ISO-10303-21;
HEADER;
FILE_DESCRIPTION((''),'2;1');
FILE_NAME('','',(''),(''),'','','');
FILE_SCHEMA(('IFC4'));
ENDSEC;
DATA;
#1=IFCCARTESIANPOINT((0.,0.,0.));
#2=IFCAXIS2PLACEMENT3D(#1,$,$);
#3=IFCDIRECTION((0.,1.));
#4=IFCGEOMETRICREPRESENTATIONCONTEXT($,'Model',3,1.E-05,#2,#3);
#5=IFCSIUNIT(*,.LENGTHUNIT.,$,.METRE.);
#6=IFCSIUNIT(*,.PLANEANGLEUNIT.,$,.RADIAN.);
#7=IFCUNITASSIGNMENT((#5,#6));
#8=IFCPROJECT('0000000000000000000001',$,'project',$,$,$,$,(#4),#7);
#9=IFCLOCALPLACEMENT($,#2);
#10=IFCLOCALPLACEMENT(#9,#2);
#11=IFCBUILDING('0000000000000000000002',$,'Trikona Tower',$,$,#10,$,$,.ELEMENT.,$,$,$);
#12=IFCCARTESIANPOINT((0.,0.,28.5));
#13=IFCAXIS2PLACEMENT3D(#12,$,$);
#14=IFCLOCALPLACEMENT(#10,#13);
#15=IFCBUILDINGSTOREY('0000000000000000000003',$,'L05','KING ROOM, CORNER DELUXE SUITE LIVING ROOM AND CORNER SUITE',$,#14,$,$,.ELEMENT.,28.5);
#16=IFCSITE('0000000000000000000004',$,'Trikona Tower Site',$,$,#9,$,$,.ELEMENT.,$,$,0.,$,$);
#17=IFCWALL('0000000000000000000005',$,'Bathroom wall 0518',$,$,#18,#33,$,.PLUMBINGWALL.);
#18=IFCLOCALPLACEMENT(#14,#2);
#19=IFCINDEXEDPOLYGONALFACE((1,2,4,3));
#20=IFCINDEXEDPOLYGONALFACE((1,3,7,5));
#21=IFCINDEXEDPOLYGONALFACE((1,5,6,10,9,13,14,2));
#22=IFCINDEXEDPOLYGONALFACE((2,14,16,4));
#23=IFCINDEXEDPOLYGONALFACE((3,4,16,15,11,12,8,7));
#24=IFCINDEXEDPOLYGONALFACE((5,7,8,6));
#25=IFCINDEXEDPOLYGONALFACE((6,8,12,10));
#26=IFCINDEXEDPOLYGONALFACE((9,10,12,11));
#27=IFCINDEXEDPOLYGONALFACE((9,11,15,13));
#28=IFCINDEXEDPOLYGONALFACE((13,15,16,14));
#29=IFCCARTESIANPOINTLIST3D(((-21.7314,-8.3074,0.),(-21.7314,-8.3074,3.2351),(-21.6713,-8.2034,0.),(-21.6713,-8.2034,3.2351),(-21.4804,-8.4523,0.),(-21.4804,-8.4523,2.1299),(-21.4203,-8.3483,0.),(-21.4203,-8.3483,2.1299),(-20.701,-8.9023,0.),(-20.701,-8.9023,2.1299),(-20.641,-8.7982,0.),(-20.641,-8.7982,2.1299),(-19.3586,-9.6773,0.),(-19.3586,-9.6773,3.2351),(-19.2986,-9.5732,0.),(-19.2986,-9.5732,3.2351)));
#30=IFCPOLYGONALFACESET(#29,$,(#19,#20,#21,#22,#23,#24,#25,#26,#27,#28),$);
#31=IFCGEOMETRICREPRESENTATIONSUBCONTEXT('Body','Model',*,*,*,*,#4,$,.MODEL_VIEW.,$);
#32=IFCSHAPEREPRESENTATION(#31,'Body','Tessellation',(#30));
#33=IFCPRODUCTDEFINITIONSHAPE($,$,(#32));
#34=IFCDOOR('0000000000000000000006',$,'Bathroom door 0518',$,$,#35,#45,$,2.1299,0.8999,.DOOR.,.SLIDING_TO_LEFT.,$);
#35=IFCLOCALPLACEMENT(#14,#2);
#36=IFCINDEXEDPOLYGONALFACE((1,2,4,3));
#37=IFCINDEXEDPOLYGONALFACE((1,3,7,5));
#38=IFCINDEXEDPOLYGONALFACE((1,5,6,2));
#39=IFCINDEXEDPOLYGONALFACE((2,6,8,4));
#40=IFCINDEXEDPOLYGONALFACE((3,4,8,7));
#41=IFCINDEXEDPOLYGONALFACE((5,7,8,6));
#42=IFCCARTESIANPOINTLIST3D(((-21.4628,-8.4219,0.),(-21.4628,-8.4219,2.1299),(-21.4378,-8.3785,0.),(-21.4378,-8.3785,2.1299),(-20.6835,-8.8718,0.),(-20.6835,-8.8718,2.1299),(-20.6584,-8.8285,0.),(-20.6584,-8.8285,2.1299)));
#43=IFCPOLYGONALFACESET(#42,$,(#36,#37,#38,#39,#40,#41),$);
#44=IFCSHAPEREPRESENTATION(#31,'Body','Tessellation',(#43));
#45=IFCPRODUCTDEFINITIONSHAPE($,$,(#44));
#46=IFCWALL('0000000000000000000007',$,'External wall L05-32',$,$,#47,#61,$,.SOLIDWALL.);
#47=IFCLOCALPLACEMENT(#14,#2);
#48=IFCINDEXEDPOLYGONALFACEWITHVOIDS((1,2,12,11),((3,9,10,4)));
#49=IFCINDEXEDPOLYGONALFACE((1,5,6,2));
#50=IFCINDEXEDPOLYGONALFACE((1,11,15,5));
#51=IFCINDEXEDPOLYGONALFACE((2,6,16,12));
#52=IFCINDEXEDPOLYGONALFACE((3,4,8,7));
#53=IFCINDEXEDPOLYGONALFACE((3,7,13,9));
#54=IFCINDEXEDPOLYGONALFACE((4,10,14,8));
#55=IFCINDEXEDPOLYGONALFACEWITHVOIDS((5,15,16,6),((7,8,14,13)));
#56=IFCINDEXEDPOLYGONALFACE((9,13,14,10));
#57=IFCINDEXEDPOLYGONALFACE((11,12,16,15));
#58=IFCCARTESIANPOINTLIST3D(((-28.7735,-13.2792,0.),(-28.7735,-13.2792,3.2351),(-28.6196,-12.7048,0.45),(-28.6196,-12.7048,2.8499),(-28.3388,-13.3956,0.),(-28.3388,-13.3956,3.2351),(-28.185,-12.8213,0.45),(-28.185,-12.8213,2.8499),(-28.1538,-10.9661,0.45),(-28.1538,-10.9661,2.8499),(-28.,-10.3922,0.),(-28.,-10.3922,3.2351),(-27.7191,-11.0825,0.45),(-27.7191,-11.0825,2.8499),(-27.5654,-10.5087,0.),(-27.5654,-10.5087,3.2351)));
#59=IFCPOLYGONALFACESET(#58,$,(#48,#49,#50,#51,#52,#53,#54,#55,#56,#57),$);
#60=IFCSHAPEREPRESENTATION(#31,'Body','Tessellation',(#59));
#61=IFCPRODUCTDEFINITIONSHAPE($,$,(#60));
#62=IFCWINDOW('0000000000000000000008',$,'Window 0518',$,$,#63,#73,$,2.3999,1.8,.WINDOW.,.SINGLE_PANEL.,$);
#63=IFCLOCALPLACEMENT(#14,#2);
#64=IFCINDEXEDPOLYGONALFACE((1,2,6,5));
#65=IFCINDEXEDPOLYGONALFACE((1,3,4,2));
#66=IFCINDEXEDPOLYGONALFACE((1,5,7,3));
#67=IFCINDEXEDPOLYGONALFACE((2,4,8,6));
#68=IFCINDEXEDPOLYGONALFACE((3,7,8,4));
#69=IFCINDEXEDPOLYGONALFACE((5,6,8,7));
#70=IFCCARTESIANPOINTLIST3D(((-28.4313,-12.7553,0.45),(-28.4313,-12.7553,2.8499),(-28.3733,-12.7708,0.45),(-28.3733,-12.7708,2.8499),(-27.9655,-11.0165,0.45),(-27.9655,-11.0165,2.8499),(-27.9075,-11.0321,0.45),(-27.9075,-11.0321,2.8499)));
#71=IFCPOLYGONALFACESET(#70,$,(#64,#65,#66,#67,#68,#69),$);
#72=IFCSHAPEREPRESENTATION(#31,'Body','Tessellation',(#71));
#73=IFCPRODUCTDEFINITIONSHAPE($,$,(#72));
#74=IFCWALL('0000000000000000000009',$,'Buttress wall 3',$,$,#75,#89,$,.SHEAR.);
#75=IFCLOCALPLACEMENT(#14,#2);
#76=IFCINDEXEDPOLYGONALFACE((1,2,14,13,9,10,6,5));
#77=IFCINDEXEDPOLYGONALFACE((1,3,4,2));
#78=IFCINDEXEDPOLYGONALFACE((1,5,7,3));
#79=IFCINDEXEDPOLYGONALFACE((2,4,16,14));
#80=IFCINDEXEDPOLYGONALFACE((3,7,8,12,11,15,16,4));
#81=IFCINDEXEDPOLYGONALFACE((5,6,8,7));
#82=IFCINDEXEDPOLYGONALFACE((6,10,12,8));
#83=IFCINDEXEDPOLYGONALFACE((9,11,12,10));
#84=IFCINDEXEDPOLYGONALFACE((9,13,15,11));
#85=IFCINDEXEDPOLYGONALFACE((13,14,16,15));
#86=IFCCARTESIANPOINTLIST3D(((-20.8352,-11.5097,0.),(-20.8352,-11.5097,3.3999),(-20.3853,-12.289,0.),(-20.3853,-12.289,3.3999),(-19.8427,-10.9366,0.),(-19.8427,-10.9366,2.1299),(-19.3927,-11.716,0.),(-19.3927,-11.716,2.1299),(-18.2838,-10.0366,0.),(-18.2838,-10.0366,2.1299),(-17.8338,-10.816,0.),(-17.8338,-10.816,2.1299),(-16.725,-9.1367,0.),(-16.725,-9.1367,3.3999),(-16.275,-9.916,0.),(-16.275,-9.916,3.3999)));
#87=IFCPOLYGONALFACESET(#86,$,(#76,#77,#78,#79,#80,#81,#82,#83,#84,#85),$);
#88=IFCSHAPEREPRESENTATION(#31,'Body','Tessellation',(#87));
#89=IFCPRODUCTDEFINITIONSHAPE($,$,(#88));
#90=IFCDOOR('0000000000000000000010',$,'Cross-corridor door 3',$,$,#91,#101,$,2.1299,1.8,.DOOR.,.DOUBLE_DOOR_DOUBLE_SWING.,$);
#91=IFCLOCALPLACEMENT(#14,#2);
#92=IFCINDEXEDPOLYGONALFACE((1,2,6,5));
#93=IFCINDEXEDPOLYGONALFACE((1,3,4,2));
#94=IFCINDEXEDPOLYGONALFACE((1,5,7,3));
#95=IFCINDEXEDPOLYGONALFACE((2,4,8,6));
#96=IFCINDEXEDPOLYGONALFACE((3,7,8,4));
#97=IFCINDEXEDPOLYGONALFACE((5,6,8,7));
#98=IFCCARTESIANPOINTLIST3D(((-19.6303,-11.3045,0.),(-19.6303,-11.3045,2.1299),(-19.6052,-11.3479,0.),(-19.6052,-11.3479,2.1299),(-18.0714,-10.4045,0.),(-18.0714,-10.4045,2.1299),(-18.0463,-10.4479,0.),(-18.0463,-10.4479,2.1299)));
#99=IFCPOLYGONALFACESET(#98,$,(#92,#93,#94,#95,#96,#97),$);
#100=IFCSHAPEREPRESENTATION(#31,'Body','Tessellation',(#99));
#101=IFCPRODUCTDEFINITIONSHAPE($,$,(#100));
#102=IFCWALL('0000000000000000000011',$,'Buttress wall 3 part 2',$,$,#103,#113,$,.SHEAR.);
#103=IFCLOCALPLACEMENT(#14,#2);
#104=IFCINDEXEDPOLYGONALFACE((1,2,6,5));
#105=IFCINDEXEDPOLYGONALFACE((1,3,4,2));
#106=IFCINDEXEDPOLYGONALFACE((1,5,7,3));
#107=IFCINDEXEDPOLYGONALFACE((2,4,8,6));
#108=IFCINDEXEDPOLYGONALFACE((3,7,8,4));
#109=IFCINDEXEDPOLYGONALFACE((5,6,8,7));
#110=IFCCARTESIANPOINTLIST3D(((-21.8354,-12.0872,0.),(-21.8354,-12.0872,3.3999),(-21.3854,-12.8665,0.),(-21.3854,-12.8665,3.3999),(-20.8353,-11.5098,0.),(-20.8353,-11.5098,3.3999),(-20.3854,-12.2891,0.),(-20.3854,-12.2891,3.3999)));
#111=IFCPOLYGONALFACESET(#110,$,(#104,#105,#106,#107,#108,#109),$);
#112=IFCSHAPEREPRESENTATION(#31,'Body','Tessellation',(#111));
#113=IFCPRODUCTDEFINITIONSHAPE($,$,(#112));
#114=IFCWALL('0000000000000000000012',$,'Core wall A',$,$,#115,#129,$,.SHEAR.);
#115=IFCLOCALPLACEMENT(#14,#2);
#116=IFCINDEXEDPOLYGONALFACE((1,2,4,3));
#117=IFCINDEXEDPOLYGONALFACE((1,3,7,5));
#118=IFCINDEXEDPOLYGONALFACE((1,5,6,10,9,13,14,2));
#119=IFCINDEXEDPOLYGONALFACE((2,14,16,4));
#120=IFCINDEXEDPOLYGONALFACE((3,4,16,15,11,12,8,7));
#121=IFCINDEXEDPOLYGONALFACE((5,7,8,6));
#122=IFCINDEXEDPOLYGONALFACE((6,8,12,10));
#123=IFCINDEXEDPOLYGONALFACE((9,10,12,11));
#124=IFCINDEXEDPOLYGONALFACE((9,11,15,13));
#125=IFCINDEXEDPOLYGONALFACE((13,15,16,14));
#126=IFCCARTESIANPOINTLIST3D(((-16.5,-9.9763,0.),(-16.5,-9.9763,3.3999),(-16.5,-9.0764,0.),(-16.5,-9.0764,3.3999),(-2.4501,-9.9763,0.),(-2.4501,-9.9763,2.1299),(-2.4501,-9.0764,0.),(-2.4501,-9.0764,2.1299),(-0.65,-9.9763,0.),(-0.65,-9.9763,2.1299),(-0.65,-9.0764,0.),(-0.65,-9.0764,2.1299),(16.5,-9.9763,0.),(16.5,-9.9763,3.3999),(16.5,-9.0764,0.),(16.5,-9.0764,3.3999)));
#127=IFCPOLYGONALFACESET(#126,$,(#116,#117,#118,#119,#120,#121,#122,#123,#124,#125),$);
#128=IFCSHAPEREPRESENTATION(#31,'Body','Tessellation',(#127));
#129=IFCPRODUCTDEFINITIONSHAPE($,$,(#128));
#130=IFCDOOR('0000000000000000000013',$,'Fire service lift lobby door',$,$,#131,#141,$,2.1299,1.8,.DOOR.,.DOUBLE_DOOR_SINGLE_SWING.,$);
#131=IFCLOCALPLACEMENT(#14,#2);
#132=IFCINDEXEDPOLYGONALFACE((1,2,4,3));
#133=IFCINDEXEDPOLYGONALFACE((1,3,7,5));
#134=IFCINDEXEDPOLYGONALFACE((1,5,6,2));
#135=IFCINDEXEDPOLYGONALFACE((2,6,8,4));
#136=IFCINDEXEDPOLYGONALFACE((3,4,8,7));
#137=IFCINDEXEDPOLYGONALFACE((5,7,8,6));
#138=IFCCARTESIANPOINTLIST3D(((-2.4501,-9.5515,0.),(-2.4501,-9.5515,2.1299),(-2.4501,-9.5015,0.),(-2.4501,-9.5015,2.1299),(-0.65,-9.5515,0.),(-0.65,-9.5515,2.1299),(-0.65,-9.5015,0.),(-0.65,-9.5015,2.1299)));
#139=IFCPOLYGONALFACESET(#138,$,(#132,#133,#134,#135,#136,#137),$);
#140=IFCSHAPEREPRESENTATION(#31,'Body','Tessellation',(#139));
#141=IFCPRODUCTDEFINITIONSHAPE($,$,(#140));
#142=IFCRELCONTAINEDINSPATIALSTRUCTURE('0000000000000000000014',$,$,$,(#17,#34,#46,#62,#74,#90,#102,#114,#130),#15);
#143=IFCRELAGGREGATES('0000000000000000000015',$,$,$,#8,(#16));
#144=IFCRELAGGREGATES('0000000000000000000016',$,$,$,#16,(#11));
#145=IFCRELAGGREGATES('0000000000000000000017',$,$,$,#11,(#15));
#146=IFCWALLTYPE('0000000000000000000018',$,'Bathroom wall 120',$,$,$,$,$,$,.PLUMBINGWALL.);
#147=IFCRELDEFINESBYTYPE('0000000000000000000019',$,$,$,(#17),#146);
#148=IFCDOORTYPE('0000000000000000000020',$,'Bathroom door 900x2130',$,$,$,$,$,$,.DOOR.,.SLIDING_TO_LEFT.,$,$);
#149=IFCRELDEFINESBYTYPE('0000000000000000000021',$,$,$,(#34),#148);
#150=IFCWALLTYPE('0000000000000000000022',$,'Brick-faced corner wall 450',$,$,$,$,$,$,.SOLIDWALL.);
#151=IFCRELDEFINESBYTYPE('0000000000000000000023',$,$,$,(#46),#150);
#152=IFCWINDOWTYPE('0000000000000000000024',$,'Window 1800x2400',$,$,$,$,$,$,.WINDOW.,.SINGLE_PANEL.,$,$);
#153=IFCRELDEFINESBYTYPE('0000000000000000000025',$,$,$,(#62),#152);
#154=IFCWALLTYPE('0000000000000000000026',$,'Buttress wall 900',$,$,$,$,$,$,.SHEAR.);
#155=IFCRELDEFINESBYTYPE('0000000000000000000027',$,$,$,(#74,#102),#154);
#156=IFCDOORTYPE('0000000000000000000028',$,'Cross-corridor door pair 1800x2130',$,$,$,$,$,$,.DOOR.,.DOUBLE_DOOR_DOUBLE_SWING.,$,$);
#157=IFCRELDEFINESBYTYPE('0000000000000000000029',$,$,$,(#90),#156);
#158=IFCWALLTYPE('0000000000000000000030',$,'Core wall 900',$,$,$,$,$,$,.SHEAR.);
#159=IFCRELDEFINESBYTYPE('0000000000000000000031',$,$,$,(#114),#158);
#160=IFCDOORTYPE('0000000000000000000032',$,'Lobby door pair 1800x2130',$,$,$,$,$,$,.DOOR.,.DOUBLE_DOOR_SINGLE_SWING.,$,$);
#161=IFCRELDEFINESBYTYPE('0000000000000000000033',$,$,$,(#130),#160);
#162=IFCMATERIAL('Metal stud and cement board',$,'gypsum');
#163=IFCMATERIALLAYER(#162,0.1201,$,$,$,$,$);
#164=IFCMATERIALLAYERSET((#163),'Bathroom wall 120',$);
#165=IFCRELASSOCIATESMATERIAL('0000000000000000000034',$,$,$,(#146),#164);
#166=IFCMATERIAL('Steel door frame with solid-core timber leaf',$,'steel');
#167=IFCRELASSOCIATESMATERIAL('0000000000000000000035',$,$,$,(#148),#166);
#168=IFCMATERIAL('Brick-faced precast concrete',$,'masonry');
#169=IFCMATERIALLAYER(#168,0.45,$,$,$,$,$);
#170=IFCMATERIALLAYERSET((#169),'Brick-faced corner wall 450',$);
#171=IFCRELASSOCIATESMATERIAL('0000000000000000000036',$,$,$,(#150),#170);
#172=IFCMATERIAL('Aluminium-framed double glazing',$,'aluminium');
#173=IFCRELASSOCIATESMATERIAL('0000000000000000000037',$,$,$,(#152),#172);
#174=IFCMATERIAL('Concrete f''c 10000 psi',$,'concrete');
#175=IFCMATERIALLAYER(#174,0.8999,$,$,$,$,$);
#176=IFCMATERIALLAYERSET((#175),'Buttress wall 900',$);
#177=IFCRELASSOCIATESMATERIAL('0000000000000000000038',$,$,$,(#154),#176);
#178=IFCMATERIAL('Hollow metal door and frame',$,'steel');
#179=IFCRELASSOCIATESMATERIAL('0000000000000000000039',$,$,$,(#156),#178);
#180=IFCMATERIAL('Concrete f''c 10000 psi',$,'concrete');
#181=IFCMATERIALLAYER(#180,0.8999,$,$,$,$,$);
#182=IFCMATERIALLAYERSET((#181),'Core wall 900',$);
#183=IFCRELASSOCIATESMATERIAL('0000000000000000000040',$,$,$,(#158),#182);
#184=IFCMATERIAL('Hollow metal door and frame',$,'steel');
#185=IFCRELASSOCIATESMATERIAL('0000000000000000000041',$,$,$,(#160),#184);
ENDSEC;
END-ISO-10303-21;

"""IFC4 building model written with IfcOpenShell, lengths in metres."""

from ifc_helpers import new_model, si_unit, direction, frame, frame_2d, origin, place, context, subcontext, project, spatial, rectangle, extrude, material, layer, layer_set, type_object, element, fill, save


model = new_model("IFC4")

# Units and contexts
model_context = context("Model", 3, precision=1e-05, world=origin(), true_north=direction((0.0, 1.0)))
body_context = subcontext(model_context, "Body", "Model", "MODEL_VIEW")
ifc_project = project(units=[si_unit("LENGTHUNIT", "METRE"), si_unit("PLANEANGLEUNIT", "RADIAN")], contexts=[model_context])

# Site, building, storey
site_placement = place(None, origin())
site = spatial("IfcSite", under=ifc_project, at=site_placement, Name="Trikona Tower Site", CompositionType="ELEMENT", RefElevation=0.0)
building_placement = place(site_placement, origin())
building = spatial("IfcBuilding", under=site, at=building_placement, Name="Trikona Tower", CompositionType="ELEMENT")
storey_placement = place(building_placement, frame((0.0, 0.0, 28.5)))
storey = spatial("IfcBuildingStorey", under=building, at=storey_placement, Name="L05", Description="KING ROOM, CORNER DELUXE SUITE LIVING ROOM AND CORNER SUITE", CompositionType="ELEMENT", Elevation=28.5)

# Shared definitions
ifc_material_1 = material(Name="Metal stud and cement board", Category="gypsum")
ifc_layer_1 = layer(ifc_material_1, 0.1201)
ifc_layer_set_1 = layer_set([ifc_layer_1], Name="Bathroom wall 120")
wall_type_1 = type_object("IfcWallType", Name="Bathroom wall 120", PredefinedType="PLUMBINGWALL", material=ifc_layer_set_1)

# Shared definitions
ifc_material_2 = material(Name="Steel door frame with solid-core timber leaf", Category="steel")
door_type_1 = type_object("IfcDoorType", Name="Bathroom door 900x2130", OperationType="SLIDING_TO_LEFT", PredefinedType="DOOR", material=ifc_material_2)

# Wall, opening, door
wall_1_placement = place(storey_placement, frame((-19.3286, -9.6252, 0.0), z_axis=(0.0, 0.0, 1.0), x_axis=(-0.866036, 0.499982, 0.0)))
wall_1 = element("IfcWall", 1, at=wall_1_placement, inside=storey, type_object=wall_type_1, Name="Bathroom wall 0518", PredefinedType="PLUMBINGWALL", context=body_context, shape_type="SweptSolid", body=[
    extrude(rectangle(XDim=2.7397, YDim=0.1201, at=frame_2d((1.3699, 0.0))), origin(), (0.0, 0.0, 1.0), 3.2351),
])
opening_1_placement = place(wall_1_placement, frame((1.55, 0.0, 0.0)))
opening_1 = element("IfcOpeningElement", 2, at=opening_1_placement, cuts=wall_1, PredefinedType="OPENING", context=body_context, shape_type="SweptSolid", body=[
    extrude(rectangle(XDim=0.8999, YDim=2.1299, at=frame_2d((0.45, 1.0649))), frame((0.0, 0.0701, 0.0), z_axis=(0.0, -1.0, 0.0), x_axis=(1.0, 0.0, 0.0)), (0.0, 0.0, 1.0), 0.1401),
])
door_1_placement = place(opening_1_placement, origin())
door_1 = element("IfcDoor", 3, at=door_1_placement, inside=storey, type_object=door_type_1, Name="Bathroom door 0518", OperationType="SLIDING_TO_LEFT", OverallHeight=2.1299, OverallWidth=0.8999, PredefinedType="DOOR", context=body_context, shape_type="SweptSolid", body=[
    extrude(rectangle(XDim=0.8999, YDim=2.1299, at=frame_2d((0.45, 1.0649))), frame((0.0, 0.0249, 0.0), z_axis=(0.0, -1.0, 0.0), x_axis=(1.0, 0.0, 0.0)), (0.0, 0.0, 1.0), 0.05),
])
fill(opening_1, door_1)

# Wall, opening, window
ifc_material_3 = material(Name="Brick-faced precast concrete", Category="masonry")
ifc_layer_2 = layer(ifc_material_3, 0.45)
ifc_layer_set_2 = layer_set([ifc_layer_2], Name="Brick-faced corner wall 450")
wall_type_2 = type_object("IfcWallType", Name="Brick-faced corner wall 450", PredefinedType="SOLIDWALL", material=ifc_layer_set_2)
wall_2_placement = place(storey_placement, frame((-27.7827, -10.4504, 0.0), z_axis=(0.0, 0.0, 1.0), x_axis=(-0.258781, -0.965936, 0.0)))
wall_2 = element("IfcWall", 4, at=wall_2_placement, inside=storey, type_object=wall_type_2, Name="External wall L05-32", PredefinedType="SOLIDWALL", context=body_context, shape_type="SweptSolid", body=[
    extrude(rectangle(XDim=2.9888, YDim=0.45, at=frame_2d((1.4944, 0.0))), origin(), (0.0, 0.0, 1.0), 3.2351),
])
opening_2_placement = place(wall_2_placement, frame((0.5942, 0.0, 0.45)))
opening_2 = element("IfcOpeningElement", 5, at=opening_2_placement, cuts=wall_2, PredefinedType="OPENING", context=body_context, shape_type="SweptSolid", body=[
    extrude(rectangle(XDim=1.8, YDim=2.3999, at=frame_2d((0.8999, 1.2))), frame((0.0, 0.2349, 0.0), z_axis=(0.0, -1.0, 0.0), x_axis=(1.0, 0.0, 0.0)), (0.0, 0.0, 1.0), 0.47),
])
ifc_material_4 = material(Name="Aluminium-framed double glazing", Category="aluminium")
window_type_1 = type_object("IfcWindowType", Name="Window 1800x2400", PartitioningType="SINGLE_PANEL", PredefinedType="WINDOW", material=ifc_material_4)
window_1_placement = place(opening_2_placement, origin())
window_1 = element("IfcWindow", 6, at=window_1_placement, inside=storey, type_object=window_type_1, Name="Window 0518", OverallHeight=2.3999, OverallWidth=1.8, PartitioningType="SINGLE_PANEL", PredefinedType="WINDOW", context=body_context, shape_type="SweptSolid", body=[
    extrude(rectangle(XDim=1.8, YDim=2.3999, at=frame_2d((0.8999, 1.2))), frame((0.0, 0.03, 0.0), z_axis=(0.0, -1.0, 0.0), x_axis=(1.0, 0.0, 0.0)), (0.0, 0.0, 1.0), 0.0601),
])
fill(opening_2, window_1)

# Wall, opening, door
ifc_material_5 = material(Name="Concrete f'c 10000 psi", Category="concrete")
ifc_layer_3 = layer(ifc_material_5, 0.8999)
ifc_layer_set_3 = layer_set([ifc_layer_3], Name="Buttress wall 900")
wall_type_3 = type_object("IfcWallType", Name="Buttress wall 900", PredefinedType="SHEAR", material=ifc_layer_set_3)
wall_3_placement = place(storey_placement, frame((-16.5, -9.5264, 0.0), z_axis=(0.0, 0.0, 1.0), x_axis=(-0.866031, -0.49999, 0.0)))
wall_3 = element("IfcWall", 7, at=wall_3_placement, inside=storey, type_object=wall_type_3, Name="Buttress wall 3", PredefinedType="SHEAR", context=body_context, shape_type="SweptSolid", body=[
    extrude(rectangle(XDim=4.7461, YDim=0.8999, at=frame_2d((2.373, 0.0))), origin(), (0.0, 0.0, 1.0), 3.3999),
])
opening_3_placement = place(wall_3_placement, frame((1.8, 0.0, 0.0)))
opening_3 = element("IfcOpeningElement", 8, at=opening_3_placement, cuts=wall_3, PredefinedType="OPENING", context=body_context, shape_type="SweptSolid", body=[
    extrude(rectangle(XDim=1.8, YDim=2.1299, at=frame_2d((0.8999, 1.0649))), frame((0.0, 0.46, 0.0), z_axis=(0.0, -1.0, 0.0), x_axis=(1.0, 0.0, 0.0)), (0.0, 0.0, 1.0), 0.9199),
])
ifc_material_6 = material(Name="Hollow metal door and frame", Category="steel")
door_type_2 = type_object("IfcDoorType", Name="Cross-corridor door pair 1800x2130", OperationType="DOUBLE_DOOR_DOUBLE_SWING", PredefinedType="DOOR", material=ifc_material_6)
door_2_placement = place(opening_3_placement, origin())
door_2 = element("IfcDoor", 9, at=door_2_placement, inside=storey, type_object=door_type_2, Name="Cross-corridor door 3", OperationType="DOUBLE_DOOR_DOUBLE_SWING", OverallHeight=2.1299, OverallWidth=1.8, PredefinedType="DOOR", context=body_context, shape_type="SweptSolid", body=[
    extrude(rectangle(XDim=1.8, YDim=2.1299, at=frame_2d((0.8999, 1.0649))), frame((0.0, 0.0249, 0.0), z_axis=(0.0, -1.0, 0.0), x_axis=(1.0, 0.0, 0.0)), (0.0, 0.0, 1.0), 0.05),
])
fill(opening_3, door_2)

# Wall
wall_4_placement = place(storey_placement, frame((-20.6104, -11.8994, 0.0), z_axis=(0.0, 0.0, 1.0), x_axis=(-0.86601, -0.500027, 0.0)))
element("IfcWall", 10, at=wall_4_placement, inside=storey, type_object=wall_type_3, Name="Buttress wall 3 part 2", PredefinedType="SHEAR", context=body_context, shape_type="SweptSolid", body=[
    extrude(rectangle(XDim=1.1548, YDim=0.8999, at=frame_2d((0.5774, 0.0))), origin(), (0.0, 0.0, 1.0), 3.3999),
])

# Wall, opening, door
ifc_material_7 = material(Name="Concrete f'c 10000 psi", Category="concrete")
ifc_layer_4 = layer(ifc_material_7, 0.8999)
ifc_layer_set_4 = layer_set([ifc_layer_4], Name="Core wall 900")
wall_type_4 = type_object("IfcWallType", Name="Core wall 900", PredefinedType="SHEAR", material=ifc_layer_set_4)
wall_5_placement = place(storey_placement, frame((-16.5, -9.5264, 0.0), z_axis=(0.0, 0.0, 1.0), x_axis=(1.0, 0.0, 0.0)))
wall_5 = element("IfcWall", 11, at=wall_5_placement, inside=storey, type_object=wall_type_4, Name="Core wall A", PredefinedType="SHEAR", context=body_context, shape_type="SweptSolid", body=[
    extrude(rectangle(XDim=33.0, YDim=0.8999, at=frame_2d((16.5, 0.0))), origin(), (0.0, 0.0, 1.0), 3.3999),
])
opening_4_placement = place(wall_5_placement, frame((14.05, 0.0, 0.0)))
opening_4 = element("IfcOpeningElement", 12, at=opening_4_placement, cuts=wall_5, PredefinedType="OPENING", context=body_context, shape_type="SweptSolid", body=[
    extrude(rectangle(XDim=1.8, YDim=2.1299, at=frame_2d((0.8999, 1.0649))), frame((0.0, 0.46, 0.0), z_axis=(0.0, -1.0, 0.0), x_axis=(1.0, 0.0, 0.0)), (0.0, 0.0, 1.0), 0.9199),
])
ifc_material_8 = material(Name="Hollow metal door and frame", Category="steel")
door_type_3 = type_object("IfcDoorType", Name="Lobby door pair 1800x2130", OperationType="DOUBLE_DOOR_SINGLE_SWING", PredefinedType="DOOR", material=ifc_material_8)
door_3_placement = place(opening_4_placement, origin())
door_3 = element("IfcDoor", 13, at=door_3_placement, inside=storey, type_object=door_type_3, Name="Fire service lift lobby door", OperationType="DOUBLE_DOOR_SINGLE_SWING", OverallHeight=2.1299, OverallWidth=1.8, PredefinedType="DOOR", context=body_context, shape_type="SweptSolid", body=[
    extrude(rectangle(XDim=1.8, YDim=2.1299, at=frame_2d((0.8999, 1.0649))), frame((0.0, 0.0249, 0.0), z_axis=(0.0, -1.0, 0.0), x_axis=(1.0, 0.0, 0.0)), (0.0, 0.0, 1.0), 0.05),
])
fill(opening_4, door_3)

save(model, "model.ifc")
